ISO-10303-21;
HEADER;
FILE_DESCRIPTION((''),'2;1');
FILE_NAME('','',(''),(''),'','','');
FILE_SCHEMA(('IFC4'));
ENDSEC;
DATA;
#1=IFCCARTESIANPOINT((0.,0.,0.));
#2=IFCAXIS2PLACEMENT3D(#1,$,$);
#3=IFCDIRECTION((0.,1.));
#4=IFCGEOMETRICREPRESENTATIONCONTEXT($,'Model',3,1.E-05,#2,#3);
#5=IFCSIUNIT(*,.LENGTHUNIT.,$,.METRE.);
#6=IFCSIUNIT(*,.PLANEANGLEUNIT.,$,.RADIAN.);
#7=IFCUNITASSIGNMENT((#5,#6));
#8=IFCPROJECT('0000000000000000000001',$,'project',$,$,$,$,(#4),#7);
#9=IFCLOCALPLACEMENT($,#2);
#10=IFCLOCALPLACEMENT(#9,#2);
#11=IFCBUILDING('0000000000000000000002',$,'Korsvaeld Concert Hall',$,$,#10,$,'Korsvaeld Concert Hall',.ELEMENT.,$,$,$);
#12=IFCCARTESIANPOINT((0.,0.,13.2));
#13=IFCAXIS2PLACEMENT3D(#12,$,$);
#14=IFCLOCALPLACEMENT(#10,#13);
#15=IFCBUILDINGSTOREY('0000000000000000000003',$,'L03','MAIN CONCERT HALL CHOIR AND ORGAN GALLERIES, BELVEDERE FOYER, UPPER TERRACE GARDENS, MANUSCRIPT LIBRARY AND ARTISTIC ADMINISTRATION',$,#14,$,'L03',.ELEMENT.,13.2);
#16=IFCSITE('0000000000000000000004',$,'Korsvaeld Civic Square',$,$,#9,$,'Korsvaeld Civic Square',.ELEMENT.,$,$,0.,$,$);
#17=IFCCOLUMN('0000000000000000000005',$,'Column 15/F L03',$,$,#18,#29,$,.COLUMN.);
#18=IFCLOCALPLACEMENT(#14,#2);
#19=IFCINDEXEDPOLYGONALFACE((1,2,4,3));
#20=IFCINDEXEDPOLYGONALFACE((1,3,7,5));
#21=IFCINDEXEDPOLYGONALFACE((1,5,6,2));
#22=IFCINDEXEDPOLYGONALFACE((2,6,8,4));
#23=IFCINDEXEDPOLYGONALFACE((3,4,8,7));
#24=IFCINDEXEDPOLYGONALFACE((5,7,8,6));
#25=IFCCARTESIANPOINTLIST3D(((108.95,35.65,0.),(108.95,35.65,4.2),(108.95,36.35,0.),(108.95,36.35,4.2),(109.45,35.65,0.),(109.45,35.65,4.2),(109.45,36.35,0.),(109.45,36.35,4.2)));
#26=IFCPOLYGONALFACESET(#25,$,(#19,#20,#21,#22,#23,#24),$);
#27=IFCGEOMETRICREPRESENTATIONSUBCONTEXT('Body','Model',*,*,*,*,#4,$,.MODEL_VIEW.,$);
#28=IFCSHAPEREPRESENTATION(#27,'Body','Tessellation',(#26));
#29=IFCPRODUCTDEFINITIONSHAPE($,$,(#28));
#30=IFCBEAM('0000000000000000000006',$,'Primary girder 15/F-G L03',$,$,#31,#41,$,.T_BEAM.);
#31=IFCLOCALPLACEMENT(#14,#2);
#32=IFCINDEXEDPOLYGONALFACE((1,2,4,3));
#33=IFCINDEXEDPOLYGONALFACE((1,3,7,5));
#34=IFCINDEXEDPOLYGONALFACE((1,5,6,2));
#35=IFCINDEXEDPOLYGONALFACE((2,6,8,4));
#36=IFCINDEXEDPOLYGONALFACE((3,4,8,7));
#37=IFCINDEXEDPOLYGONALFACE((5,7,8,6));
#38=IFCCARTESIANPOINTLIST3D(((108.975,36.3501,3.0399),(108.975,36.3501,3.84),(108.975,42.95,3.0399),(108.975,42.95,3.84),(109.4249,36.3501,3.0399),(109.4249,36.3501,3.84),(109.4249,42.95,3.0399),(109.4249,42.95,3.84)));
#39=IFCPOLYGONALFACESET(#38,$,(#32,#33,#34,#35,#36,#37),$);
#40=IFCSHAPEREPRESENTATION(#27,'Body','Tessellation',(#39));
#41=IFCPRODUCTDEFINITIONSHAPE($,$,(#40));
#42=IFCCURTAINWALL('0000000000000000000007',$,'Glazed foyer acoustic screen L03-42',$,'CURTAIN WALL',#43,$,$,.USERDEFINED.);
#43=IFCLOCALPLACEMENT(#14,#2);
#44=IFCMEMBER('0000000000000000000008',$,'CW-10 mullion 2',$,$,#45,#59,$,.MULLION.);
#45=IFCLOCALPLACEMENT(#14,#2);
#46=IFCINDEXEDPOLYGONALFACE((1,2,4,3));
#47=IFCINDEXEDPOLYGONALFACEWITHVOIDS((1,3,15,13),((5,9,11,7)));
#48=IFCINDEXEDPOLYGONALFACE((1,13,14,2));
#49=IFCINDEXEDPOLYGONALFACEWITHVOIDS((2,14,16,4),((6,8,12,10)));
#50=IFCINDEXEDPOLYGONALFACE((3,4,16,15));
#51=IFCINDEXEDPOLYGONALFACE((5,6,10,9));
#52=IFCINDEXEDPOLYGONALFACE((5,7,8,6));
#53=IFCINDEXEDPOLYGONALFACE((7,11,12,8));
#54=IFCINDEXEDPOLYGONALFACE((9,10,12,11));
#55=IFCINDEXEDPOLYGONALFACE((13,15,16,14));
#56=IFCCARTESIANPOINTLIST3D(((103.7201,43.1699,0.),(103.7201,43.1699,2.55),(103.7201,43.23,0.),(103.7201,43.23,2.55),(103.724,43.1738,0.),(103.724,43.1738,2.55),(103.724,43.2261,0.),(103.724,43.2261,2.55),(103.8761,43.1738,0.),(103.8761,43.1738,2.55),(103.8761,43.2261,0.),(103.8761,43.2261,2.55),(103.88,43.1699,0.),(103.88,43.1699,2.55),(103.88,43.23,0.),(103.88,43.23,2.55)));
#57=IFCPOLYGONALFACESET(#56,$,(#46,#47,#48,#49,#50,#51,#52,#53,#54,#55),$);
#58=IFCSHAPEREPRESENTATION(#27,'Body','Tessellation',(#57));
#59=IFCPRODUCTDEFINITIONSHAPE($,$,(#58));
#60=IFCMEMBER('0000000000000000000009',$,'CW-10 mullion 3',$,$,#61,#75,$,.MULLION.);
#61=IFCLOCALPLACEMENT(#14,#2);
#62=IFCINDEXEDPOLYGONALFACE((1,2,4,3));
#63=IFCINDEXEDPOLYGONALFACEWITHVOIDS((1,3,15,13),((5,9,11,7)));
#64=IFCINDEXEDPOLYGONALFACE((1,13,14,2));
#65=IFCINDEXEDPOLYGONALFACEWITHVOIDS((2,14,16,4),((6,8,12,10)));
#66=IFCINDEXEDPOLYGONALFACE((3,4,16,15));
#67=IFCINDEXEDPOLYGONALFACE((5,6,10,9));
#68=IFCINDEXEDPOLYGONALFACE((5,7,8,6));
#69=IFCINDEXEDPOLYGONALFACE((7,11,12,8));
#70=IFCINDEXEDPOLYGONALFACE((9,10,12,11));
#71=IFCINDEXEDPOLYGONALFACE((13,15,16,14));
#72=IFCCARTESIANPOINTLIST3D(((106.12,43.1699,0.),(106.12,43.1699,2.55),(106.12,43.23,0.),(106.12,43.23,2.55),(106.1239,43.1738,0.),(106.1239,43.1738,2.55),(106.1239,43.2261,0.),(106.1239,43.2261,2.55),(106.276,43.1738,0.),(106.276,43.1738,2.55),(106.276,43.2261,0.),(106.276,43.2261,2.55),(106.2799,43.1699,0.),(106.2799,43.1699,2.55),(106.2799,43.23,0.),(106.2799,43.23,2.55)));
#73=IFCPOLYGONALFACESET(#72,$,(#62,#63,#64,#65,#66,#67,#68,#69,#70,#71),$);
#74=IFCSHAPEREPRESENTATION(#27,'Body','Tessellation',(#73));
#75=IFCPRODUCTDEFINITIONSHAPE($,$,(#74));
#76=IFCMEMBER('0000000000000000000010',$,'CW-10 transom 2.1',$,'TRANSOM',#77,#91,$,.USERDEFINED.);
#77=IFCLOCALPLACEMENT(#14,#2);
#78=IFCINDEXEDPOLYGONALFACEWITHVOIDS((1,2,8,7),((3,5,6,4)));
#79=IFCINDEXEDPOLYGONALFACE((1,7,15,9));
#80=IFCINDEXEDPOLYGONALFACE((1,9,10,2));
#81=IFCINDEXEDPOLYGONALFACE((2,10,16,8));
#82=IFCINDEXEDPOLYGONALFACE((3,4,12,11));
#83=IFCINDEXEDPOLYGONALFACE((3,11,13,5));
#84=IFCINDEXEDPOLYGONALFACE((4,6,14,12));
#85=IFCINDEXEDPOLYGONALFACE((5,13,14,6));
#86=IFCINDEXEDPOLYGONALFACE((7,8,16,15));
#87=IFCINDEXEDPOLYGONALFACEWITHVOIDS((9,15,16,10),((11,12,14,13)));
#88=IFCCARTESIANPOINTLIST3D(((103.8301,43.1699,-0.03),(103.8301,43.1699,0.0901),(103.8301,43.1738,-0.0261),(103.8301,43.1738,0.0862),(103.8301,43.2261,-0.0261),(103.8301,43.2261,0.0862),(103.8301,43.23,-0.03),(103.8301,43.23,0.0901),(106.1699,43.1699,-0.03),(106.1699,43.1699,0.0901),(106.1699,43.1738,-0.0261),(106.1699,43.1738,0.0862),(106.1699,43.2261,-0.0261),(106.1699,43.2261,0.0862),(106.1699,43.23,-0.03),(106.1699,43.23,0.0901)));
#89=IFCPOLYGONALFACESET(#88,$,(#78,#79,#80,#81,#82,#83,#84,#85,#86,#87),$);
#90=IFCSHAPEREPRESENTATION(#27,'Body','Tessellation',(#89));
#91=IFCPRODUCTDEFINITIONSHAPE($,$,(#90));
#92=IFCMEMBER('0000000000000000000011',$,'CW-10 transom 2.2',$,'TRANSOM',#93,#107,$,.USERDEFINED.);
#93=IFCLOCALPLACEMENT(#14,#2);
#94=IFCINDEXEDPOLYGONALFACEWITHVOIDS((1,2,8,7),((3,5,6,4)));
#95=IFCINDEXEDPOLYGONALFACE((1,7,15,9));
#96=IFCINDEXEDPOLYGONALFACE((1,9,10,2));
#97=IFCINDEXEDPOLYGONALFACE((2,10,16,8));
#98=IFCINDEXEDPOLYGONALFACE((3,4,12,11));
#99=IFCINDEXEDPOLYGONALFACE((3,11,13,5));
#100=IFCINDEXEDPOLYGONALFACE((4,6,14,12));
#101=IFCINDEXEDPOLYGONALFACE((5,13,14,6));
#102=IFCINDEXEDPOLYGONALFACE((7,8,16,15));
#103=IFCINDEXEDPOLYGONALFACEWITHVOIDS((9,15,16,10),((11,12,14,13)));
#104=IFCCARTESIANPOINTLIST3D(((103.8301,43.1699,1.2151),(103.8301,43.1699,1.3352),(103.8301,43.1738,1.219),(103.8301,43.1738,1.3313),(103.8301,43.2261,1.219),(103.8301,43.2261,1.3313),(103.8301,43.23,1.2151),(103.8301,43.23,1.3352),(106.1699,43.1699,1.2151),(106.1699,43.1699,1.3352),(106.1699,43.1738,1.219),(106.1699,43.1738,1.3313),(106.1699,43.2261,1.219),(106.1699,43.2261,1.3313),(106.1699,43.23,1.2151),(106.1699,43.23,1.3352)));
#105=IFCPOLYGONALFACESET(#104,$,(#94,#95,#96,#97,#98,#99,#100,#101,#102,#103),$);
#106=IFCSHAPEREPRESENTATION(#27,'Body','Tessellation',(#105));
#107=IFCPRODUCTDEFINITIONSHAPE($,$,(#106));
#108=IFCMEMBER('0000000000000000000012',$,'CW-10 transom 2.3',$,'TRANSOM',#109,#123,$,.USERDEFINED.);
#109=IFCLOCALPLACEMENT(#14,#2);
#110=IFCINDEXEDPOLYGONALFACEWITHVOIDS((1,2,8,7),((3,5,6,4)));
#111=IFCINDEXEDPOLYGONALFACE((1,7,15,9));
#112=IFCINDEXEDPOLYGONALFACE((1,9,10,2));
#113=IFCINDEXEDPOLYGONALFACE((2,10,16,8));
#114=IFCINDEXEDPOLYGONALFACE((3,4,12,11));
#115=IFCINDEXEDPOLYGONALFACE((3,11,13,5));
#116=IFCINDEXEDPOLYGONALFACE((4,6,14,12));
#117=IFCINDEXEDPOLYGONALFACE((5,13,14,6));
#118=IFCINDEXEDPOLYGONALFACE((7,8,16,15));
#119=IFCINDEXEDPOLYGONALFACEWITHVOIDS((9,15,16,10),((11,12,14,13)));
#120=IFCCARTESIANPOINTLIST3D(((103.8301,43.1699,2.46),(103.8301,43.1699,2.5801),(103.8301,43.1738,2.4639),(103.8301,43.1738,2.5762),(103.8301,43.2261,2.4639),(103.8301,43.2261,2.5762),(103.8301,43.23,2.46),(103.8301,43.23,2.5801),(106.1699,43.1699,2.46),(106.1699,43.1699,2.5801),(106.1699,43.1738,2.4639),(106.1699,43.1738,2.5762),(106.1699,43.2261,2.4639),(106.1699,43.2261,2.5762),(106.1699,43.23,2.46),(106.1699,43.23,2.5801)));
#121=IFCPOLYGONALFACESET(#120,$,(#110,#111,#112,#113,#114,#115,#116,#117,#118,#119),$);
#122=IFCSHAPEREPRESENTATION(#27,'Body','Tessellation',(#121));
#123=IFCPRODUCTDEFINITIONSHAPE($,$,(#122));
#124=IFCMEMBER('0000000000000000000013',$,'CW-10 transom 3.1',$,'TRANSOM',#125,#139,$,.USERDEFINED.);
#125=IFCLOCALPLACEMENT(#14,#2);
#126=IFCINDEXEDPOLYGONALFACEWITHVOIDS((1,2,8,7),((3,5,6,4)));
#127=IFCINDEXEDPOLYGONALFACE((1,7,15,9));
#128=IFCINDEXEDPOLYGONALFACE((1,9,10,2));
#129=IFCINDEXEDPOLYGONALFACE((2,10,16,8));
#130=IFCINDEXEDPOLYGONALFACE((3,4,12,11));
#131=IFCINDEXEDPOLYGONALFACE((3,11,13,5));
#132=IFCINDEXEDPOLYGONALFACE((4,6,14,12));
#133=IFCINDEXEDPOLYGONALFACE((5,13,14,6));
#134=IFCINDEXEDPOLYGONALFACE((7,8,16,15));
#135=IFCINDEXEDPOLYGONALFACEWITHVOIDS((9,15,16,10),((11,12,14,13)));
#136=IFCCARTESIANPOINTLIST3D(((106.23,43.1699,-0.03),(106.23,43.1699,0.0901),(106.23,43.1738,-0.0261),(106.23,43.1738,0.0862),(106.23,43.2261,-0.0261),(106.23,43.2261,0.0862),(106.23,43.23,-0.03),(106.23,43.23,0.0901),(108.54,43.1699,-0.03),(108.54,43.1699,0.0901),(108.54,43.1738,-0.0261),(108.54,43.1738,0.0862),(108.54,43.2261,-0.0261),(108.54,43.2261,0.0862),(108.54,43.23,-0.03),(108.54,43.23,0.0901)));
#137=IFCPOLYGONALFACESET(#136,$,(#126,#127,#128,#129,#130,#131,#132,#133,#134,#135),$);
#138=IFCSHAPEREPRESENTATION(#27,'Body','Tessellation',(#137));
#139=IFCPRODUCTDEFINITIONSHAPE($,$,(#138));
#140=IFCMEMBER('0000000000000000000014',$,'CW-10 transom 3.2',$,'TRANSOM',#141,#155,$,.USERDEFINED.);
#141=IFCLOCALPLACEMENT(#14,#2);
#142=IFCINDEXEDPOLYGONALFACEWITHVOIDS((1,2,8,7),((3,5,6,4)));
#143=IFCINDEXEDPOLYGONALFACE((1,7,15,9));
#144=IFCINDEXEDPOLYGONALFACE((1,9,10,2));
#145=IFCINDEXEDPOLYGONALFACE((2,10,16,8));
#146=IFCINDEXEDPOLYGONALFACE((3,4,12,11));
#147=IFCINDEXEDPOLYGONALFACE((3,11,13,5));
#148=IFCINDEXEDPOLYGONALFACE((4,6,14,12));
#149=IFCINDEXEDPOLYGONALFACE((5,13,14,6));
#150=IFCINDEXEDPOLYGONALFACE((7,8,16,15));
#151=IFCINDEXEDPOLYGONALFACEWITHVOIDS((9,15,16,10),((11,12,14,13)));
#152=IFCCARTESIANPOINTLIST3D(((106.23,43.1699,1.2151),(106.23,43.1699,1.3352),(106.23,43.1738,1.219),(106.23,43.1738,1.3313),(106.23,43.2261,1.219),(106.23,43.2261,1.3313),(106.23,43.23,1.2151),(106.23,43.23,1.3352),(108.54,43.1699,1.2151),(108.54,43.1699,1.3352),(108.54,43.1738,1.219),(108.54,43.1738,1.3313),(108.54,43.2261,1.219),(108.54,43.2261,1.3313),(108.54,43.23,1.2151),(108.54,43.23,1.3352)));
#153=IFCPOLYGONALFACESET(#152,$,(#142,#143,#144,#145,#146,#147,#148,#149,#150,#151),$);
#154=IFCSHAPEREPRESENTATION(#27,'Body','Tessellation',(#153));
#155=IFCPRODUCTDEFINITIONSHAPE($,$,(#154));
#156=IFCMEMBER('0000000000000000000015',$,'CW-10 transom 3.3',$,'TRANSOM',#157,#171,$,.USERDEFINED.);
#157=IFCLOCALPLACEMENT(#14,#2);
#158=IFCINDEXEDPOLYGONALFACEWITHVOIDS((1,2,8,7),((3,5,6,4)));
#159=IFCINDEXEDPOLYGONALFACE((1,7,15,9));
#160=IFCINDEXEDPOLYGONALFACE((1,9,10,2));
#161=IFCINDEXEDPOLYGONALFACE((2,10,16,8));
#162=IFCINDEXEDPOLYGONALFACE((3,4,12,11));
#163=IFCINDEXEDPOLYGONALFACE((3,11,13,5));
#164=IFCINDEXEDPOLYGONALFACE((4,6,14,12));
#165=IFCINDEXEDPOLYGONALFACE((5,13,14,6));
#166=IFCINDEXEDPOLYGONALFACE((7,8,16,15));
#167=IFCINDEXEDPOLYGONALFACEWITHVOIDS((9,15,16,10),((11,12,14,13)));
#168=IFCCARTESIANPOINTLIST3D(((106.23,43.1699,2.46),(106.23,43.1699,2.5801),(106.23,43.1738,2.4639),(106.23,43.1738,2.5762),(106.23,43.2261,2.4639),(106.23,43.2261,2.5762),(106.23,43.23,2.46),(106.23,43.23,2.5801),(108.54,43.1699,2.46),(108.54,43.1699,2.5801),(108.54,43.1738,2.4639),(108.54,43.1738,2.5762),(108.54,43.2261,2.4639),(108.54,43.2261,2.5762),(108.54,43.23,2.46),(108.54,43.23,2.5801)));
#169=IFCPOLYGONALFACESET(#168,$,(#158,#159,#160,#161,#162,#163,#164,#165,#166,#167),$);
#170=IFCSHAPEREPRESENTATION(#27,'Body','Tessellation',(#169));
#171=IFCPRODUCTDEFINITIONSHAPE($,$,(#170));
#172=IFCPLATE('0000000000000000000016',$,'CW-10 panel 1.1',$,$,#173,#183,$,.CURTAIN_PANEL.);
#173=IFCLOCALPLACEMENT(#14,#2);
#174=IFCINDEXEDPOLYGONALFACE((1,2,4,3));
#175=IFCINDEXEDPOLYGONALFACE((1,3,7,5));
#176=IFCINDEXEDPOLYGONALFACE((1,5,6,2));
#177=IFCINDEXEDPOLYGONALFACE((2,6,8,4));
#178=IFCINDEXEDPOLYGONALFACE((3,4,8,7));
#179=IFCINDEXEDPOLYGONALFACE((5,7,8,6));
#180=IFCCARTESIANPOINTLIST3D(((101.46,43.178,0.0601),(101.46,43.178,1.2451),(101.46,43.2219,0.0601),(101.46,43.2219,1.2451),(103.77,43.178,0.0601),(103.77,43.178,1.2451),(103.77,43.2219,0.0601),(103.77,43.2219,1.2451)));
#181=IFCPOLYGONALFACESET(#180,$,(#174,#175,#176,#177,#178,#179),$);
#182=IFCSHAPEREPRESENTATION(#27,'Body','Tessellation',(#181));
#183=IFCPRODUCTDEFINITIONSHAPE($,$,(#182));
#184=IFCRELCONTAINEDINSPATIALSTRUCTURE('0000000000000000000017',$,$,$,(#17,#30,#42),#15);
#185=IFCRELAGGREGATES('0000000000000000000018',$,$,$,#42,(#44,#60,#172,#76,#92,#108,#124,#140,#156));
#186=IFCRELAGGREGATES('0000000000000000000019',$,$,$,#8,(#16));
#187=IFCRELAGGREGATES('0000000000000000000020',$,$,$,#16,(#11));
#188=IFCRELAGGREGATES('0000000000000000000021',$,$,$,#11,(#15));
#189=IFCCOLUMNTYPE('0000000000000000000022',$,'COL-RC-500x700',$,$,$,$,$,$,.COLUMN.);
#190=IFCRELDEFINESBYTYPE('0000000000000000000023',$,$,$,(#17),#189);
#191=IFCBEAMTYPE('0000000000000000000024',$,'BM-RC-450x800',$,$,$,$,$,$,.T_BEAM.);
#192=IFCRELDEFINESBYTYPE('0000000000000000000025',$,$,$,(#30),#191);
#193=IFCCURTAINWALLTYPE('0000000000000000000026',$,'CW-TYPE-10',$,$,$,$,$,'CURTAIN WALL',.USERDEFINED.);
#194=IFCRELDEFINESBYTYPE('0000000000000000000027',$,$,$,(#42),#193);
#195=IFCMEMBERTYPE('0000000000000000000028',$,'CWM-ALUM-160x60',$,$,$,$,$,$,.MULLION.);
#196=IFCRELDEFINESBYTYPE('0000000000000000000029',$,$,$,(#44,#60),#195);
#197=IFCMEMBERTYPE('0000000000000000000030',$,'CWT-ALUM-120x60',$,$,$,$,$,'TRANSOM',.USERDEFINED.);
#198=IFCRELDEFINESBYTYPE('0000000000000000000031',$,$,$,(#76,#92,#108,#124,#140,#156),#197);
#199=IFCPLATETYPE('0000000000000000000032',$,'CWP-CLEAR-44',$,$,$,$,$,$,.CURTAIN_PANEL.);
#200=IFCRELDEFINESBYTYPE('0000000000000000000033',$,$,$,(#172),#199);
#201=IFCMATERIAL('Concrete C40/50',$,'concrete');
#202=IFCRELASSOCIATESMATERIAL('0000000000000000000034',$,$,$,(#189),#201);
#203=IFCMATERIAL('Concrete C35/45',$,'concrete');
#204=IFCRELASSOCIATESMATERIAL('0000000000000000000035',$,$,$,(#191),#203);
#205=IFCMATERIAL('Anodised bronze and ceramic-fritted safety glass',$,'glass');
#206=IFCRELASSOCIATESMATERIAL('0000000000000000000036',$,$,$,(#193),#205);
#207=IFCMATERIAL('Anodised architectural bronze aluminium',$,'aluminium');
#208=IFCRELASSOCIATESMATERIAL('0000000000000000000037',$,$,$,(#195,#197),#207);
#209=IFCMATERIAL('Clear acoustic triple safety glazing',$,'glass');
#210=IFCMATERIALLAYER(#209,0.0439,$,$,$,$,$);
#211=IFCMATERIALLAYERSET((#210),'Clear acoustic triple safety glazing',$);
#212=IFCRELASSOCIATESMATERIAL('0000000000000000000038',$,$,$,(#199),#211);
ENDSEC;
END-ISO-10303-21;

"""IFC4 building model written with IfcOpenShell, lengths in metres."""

from ifc_helpers import new_model, si_unit, direction, frame, origin, origin_2d, place, context, subcontext, project, spatial, rectangle, hollow_rectangle, extrude, material, layer, layer_set, material_profile, profile_set, type_object, element, aggregate, save


model = new_model("IFC4")

# Units and contexts
model_context = context("Model", 3, precision=1e-05, world=origin(), true_north=direction((0.0, 1.0)))
body_context = subcontext(model_context, "Body", "Model", "MODEL_VIEW")
ifc_project = project(units=[si_unit("LENGTHUNIT", "METRE"), si_unit("PLANEANGLEUNIT", "RADIAN")], contexts=[model_context])

# Site, building, storey
site_placement = place(None, origin())
site = spatial("IfcSite", under=ifc_project, at=site_placement, Name="Korsvaeld Civic Square", LongName="Korsvaeld Civic Square", CompositionType="ELEMENT", RefElevation=0.0)
building_placement = place(site_placement, origin())
building = spatial("IfcBuilding", under=site, at=building_placement, Name="Korsvaeld Concert Hall", LongName="Korsvaeld Concert Hall", CompositionType="ELEMENT")
storey_placement = place(building_placement, frame((0.0, 0.0, 13.2)))
storey = spatial("IfcBuildingStorey", under=building, at=storey_placement, Name="L03", Description="MAIN CONCERT HALL CHOIR AND ORGAN GALLERIES, BELVEDERE FOYER, UPPER TERRACE GARDENS, MANUSCRIPT LIBRARY AND ARTISTIC ADMINISTRATION", LongName="L03", CompositionType="ELEMENT", Elevation=13.2)

# Column
ifc_material_1 = material(Name="Concrete C40/50", Category="concrete")
ifc_material_profile_1 = material_profile(ifc_material_1, rectangle(XDim=0.5, YDim=0.7, at=origin_2d()), Name="RC 500x700")
ifc_profile_set_1 = profile_set([ifc_material_profile_1], Name="Concrete C40/50")
column_type = type_object("IfcColumnType", Name="COL-RC-500x700", PredefinedType="COLUMN", material=ifc_profile_set_1)
column_placement = place(storey_placement, frame((109.2, 36.0, 0.0), z_axis=(0.0, 0.0, 1.0), x_axis=(1.0, 0.0, 0.0)))
element("IfcColumn", 1, at=column_placement, inside=storey, type_object=column_type, Name="Column 15/F L03", PredefinedType="COLUMN", context=body_context, shape_type="SweptSolid", body=[
    extrude(rectangle(XDim=0.5, YDim=0.7, at=origin_2d()), origin(), (0.0, 0.0, 1.0), 4.2),
])

# Beam
ifc_material_2 = material(Name="Concrete C35/45", Category="concrete")
ifc_material_profile_2 = material_profile(ifc_material_2, rectangle(XDim=0.45, YDim=0.8, at=origin_2d()), Name="RC 450x800")
ifc_profile_set_2 = profile_set([ifc_material_profile_2], Name="Concrete C35/45")
beam_type = type_object("IfcBeamType", Name="BM-RC-450x800", PredefinedType="T_BEAM", material=ifc_profile_set_2)
beam_placement = place(storey_placement, frame((109.2, 36.3501, 3.4399), z_axis=(0.0, 1.0, 0.0), x_axis=(-1.0, 0.0, 0.0)))
element("IfcBeam", 2, at=beam_placement, inside=storey, type_object=beam_type, Name="Primary girder 15/F-G L03", PredefinedType="T_BEAM", context=body_context, shape_type="SweptSolid", body=[
    extrude(rectangle(XDim=0.45, YDim=0.8, at=origin_2d()), origin(), (0.0, 0.0, 1.0), 6.5999),
])

# Curtain wall, members, plate
ifc_material_3 = material(Name="Anodised bronze and ceramic-fritted safety glass", Category="glass")
curtain_wall_type = type_object("IfcCurtainWallType", Name="CW-TYPE-10", ElementType="CURTAIN WALL", PredefinedType="USERDEFINED", material=ifc_material_3)
curtain_wall_placement = place(storey_placement, origin())
curtain_wall = element("IfcCurtainWall", 3, at=curtain_wall_placement, inside=storey, type_object=curtain_wall_type, Name="Glazed foyer acoustic screen L03-42", ObjectType="CURTAIN WALL", PredefinedType="USERDEFINED")
ifc_material_4 = material(Name="Anodised architectural bronze aluminium", Category="aluminium")
ifc_material_profile_3 = material_profile(ifc_material_4, hollow_rectangle(XDim=0.0601, YDim=0.1599, WallThickness=0.0039, at=origin_2d()), Name="CWM 160x60x4")
ifc_profile_set_3 = profile_set([ifc_material_profile_3], Name="Anodised architectural bronze aluminium")
member_type_1 = type_object("IfcMemberType", Name="CWM-ALUM-160x60", PredefinedType="MULLION", material=ifc_profile_set_3)
member_1_placement = place(storey_placement, frame((103.8, 43.2, 0.0), z_axis=(0.0, 0.0, 1.0), x_axis=(0.0, 1.0, 0.0)))
member_1 = element("IfcMember", 4, at=member_1_placement, type_object=member_type_1, Name="CW-10 mullion 2", PredefinedType="MULLION", context=body_context, shape_type="SweptSolid", body=[
    extrude(hollow_rectangle(XDim=0.0601, YDim=0.1599, WallThickness=0.0039, at=origin_2d()), origin(), (0.0, 0.0, 1.0), 2.55),
])
member_2_placement = place(storey_placement, frame((106.2, 43.2, 0.0), z_axis=(0.0, 0.0, 1.0), x_axis=(0.0, 1.0, 0.0)))
member_2 = element("IfcMember", 5, at=member_2_placement, type_object=member_type_1, Name="CW-10 mullion 3", PredefinedType="MULLION", context=body_context, shape_type="SweptSolid", body=[
    extrude(hollow_rectangle(XDim=0.0601, YDim=0.1599, WallThickness=0.0039, at=origin_2d()), origin(), (0.0, 0.0, 1.0), 2.55),
])
ifc_material_profile_4 = material_profile(ifc_material_4, hollow_rectangle(XDim=0.0601, YDim=0.1201, WallThickness=0.0039, at=origin_2d()), Name="CWT 120x60x4")
ifc_profile_set_4 = profile_set([ifc_material_profile_4], Name="Anodised architectural bronze aluminium")
member_type_2 = type_object("IfcMemberType", Name="CWT-ALUM-120x60", ElementType="TRANSOM", PredefinedType="USERDEFINED", material=ifc_profile_set_4)
member_3_placement = place(storey_placement, frame((103.8301, 43.2, 0.03), z_axis=(1.0, 0.0, 0.0), x_axis=(0.0, 1.0, 0.0)))
member_3 = element("IfcMember", 6, at=member_3_placement, type_object=member_type_2, Name="CW-10 transom 2.1", ObjectType="TRANSOM", PredefinedType="USERDEFINED", context=body_context, shape_type="SweptSolid", body=[
    extrude(hollow_rectangle(XDim=0.0601, YDim=0.1201, WallThickness=0.0039, at=origin_2d()), origin(), (0.0, 0.0, 1.0), 2.3398),
])
member_4_placement = place(storey_placement, frame((103.8301, 43.2, 1.2751), z_axis=(1.0, 0.0, 0.0), x_axis=(0.0, 1.0, 0.0)))
member_4 = element("IfcMember", 7, at=member_4_placement, type_object=member_type_2, Name="CW-10 transom 2.2", ObjectType="TRANSOM", PredefinedType="USERDEFINED", context=body_context, shape_type="SweptSolid", body=[
    extrude(hollow_rectangle(XDim=0.0601, YDim=0.1201, WallThickness=0.0039, at=origin_2d()), origin(), (0.0, 0.0, 1.0), 2.3398),
])
member_5_placement = place(storey_placement, frame((103.8301, 43.2, 2.52), z_axis=(1.0, 0.0, 0.0), x_axis=(0.0, 1.0, 0.0)))
member_5 = element("IfcMember", 8, at=member_5_placement, type_object=member_type_2, Name="CW-10 transom 2.3", ObjectType="TRANSOM", PredefinedType="USERDEFINED", context=body_context, shape_type="SweptSolid", body=[
    extrude(hollow_rectangle(XDim=0.0601, YDim=0.1201, WallThickness=0.0039, at=origin_2d()), origin(), (0.0, 0.0, 1.0), 2.3398),
])
member_6_placement = place(storey_placement, frame((106.23, 43.2, 0.03), z_axis=(1.0, 0.0, 0.0), x_axis=(0.0, 1.0, 0.0)))
member_6 = element("IfcMember", 9, at=member_6_placement, type_object=member_type_2, Name="CW-10 transom 3.1", ObjectType="TRANSOM", PredefinedType="USERDEFINED", context=body_context, shape_type="SweptSolid", body=[
    extrude(hollow_rectangle(XDim=0.0601, YDim=0.1201, WallThickness=0.0039, at=origin_2d()), origin(), (0.0, 0.0, 1.0), 2.3101),
])
member_7_placement = place(storey_placement, frame((106.23, 43.2, 1.2751), z_axis=(1.0, 0.0, 0.0), x_axis=(0.0, 1.0, 0.0)))
member_7 = element("IfcMember", 10, at=member_7_placement, type_object=member_type_2, Name="CW-10 transom 3.2", ObjectType="TRANSOM", PredefinedType="USERDEFINED", context=body_context, shape_type="SweptSolid", body=[
    extrude(hollow_rectangle(XDim=0.0601, YDim=0.1201, WallThickness=0.0039, at=origin_2d()), origin(), (0.0, 0.0, 1.0), 2.3101),
])
member_8_placement = place(storey_placement, frame((106.23, 43.2, 2.52), z_axis=(1.0, 0.0, 0.0), x_axis=(0.0, 1.0, 0.0)))
member_8 = element("IfcMember", 11, at=member_8_placement, type_object=member_type_2, Name="CW-10 transom 3.3", ObjectType="TRANSOM", PredefinedType="USERDEFINED", context=body_context, shape_type="SweptSolid", body=[
    extrude(hollow_rectangle(XDim=0.0601, YDim=0.1201, WallThickness=0.0039, at=origin_2d()), origin(), (0.0, 0.0, 1.0), 2.3101),
])
ifc_material_5 = material(Name="Clear acoustic triple safety glazing", Category="glass")
ifc_layer_1 = layer(ifc_material_5, 0.0439)
ifc_layer_set_1 = layer_set([ifc_layer_1], Name="Clear acoustic triple safety glazing")
plate_type = type_object("IfcPlateType", Name="CWP-CLEAR-44", PredefinedType="CURTAIN_PANEL", material=ifc_layer_set_1)
plate_1_placement = place(storey_placement, frame((102.615, 43.2, 0.0601), z_axis=(0.0, 0.0, 1.0), x_axis=(1.0, 0.0, 0.0)))
plate_1 = element("IfcPlate", 12, at=plate_1_placement, type_object=plate_type, Name="CW-10 panel 1.1", PredefinedType="CURTAIN_PANEL", context=body_context, shape_type="SweptSolid", body=[
    extrude(rectangle(XDim=2.3101, YDim=0.0439, at=origin_2d()), origin(), (0.0, 0.0, 1.0), 1.1851),
])
aggregate(curtain_wall, [member_1, member_2, plate_1, member_3, member_4, member_5, member_6, member_7, member_8])

save(model, "model.ifc")
